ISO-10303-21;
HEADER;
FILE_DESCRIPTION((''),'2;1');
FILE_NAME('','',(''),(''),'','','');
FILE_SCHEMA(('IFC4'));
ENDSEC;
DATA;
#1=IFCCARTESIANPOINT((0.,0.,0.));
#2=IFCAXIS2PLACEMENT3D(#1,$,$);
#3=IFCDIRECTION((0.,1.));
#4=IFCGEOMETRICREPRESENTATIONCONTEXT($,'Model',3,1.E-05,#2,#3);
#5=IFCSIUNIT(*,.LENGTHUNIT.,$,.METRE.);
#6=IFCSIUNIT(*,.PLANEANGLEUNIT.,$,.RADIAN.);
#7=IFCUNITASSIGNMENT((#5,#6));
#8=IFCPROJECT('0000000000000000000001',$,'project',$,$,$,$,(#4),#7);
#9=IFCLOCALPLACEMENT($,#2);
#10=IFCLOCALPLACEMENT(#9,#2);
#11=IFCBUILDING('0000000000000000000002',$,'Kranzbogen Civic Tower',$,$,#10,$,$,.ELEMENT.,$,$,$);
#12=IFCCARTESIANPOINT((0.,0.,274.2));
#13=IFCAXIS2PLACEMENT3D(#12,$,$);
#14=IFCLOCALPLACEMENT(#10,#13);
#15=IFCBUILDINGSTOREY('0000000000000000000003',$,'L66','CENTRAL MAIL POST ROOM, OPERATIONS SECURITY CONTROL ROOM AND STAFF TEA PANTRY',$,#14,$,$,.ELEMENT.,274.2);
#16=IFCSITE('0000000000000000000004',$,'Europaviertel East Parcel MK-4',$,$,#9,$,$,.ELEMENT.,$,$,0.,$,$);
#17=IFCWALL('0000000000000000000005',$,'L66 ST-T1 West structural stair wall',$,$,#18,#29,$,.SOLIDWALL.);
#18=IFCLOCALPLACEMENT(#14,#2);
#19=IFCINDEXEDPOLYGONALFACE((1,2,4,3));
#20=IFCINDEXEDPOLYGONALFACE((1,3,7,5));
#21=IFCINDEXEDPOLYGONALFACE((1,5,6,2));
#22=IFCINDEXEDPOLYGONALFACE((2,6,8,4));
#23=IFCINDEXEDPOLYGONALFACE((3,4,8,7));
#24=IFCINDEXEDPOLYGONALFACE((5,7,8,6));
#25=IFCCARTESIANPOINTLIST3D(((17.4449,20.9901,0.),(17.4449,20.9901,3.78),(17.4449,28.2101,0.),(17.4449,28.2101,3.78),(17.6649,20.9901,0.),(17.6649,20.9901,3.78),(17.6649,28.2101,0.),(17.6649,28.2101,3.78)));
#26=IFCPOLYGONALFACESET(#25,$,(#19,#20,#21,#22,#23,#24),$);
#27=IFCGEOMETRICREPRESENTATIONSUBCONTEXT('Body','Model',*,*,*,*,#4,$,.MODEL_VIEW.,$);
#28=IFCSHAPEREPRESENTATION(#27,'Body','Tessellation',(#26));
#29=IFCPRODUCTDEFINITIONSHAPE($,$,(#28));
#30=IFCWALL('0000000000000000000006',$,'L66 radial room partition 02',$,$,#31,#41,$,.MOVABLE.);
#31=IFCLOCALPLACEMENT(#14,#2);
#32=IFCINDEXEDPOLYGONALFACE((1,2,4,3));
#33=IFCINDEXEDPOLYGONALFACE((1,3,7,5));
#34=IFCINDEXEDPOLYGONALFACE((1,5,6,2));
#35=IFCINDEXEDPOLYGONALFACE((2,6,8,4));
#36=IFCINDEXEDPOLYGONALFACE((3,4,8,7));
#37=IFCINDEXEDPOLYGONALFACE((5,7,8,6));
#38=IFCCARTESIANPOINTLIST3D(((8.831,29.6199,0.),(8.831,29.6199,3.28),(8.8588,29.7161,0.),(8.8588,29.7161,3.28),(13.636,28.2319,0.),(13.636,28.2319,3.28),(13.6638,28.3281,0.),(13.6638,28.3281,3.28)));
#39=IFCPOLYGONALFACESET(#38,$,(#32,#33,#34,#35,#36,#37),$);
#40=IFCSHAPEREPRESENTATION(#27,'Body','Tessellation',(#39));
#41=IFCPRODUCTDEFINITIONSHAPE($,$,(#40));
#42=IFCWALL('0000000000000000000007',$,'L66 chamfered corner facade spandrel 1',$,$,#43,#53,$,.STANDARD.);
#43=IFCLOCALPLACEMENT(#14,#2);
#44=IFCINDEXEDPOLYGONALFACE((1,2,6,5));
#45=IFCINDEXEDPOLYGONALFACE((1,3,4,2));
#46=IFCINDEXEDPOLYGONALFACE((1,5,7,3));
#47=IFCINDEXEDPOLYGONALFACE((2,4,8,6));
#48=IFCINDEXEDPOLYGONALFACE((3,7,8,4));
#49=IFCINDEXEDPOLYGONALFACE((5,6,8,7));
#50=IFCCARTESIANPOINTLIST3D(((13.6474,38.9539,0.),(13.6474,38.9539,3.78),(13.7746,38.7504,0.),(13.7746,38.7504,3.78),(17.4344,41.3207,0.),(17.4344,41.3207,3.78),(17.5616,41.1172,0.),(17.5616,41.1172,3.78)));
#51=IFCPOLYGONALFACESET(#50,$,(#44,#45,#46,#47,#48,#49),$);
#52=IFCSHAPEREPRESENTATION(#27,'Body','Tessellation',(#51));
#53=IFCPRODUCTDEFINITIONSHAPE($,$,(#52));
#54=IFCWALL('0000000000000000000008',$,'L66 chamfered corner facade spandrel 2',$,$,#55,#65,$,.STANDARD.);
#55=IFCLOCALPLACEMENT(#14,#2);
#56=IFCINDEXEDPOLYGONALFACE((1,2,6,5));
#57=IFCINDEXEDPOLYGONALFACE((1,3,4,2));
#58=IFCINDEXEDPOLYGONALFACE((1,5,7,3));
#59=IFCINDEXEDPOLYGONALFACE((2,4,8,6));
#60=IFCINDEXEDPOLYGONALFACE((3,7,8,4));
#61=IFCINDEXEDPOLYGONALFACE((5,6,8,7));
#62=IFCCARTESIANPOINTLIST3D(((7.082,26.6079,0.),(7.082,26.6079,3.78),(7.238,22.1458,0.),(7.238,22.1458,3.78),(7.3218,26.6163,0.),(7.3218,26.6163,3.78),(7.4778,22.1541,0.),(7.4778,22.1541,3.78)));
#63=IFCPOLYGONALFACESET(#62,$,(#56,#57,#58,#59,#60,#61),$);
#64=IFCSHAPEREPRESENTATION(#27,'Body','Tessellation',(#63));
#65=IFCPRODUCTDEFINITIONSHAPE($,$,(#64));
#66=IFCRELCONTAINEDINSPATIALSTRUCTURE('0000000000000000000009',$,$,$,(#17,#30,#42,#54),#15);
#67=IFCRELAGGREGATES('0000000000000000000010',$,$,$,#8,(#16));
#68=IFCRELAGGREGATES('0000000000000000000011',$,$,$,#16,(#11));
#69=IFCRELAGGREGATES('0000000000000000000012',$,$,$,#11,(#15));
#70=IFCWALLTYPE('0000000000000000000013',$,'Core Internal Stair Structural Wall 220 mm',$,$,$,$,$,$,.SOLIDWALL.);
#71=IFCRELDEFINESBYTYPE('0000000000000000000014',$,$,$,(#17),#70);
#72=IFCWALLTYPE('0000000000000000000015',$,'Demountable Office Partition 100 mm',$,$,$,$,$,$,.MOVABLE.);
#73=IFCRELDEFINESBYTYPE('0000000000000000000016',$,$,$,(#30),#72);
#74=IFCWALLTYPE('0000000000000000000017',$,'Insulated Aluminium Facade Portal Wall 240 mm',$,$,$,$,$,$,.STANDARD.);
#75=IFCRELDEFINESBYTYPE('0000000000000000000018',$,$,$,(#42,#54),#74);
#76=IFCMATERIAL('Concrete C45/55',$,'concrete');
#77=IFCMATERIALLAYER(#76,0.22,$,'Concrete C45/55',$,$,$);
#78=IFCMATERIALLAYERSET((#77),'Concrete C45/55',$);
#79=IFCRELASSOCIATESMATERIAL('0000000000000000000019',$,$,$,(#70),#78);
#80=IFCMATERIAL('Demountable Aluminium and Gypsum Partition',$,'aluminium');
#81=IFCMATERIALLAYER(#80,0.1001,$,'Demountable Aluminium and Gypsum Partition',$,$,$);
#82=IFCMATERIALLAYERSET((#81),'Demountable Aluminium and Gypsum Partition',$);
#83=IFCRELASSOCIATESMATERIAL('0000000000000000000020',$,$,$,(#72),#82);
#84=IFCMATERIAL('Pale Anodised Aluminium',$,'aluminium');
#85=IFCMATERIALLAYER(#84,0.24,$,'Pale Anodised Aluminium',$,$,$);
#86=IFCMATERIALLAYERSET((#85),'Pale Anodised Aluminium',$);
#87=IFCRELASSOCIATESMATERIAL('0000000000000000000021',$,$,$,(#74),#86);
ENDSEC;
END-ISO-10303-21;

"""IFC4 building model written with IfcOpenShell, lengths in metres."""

from ifc_helpers import new_model, si_unit, direction, frame, frame_2d, origin, place, context, subcontext, project, spatial, rectangle, extrude, material, layer, layer_set, type_object, element, save


model = new_model("IFC4")

# Units and contexts
model_context = context("Model", 3, precision=1e-05, world=origin(), true_north=direction((0.0, 1.0)))
body_context = subcontext(model_context, "Body", "Model", "MODEL_VIEW")
ifc_project = project(units=[si_unit("LENGTHUNIT", "METRE"), si_unit("PLANEANGLEUNIT", "RADIAN")], contexts=[model_context])

# Site, building, storey
site_placement = place(None, origin())
site = spatial("IfcSite", under=ifc_project, at=site_placement, Name="Europaviertel East Parcel MK-4", CompositionType="ELEMENT", RefElevation=0.0)
building_placement = place(site_placement, origin())
building = spatial("IfcBuilding", under=site, at=building_placement, Name="Kranzbogen Civic Tower", CompositionType="ELEMENT")
storey_placement = place(building_placement, frame((0.0, 0.0, 274.2)))
storey = spatial("IfcBuildingStorey", under=building, at=storey_placement, Name="L66", Description="CENTRAL MAIL POST ROOM, OPERATIONS SECURITY CONTROL ROOM AND STAFF TEA PANTRY", CompositionType="ELEMENT", Elevation=274.2)

# Shared definitions
ifc_material_1 = material(Name="Pale Anodised Aluminium", Category="aluminium")

# Shared definitions
ifc_material_2 = material(Name="Concrete C45/55", Category="concrete")

# Walls
ifc_layer_1 = layer(ifc_material_2, 0.22, Name="Concrete C45/55")
ifc_layer_set_1 = layer_set([ifc_layer_1], Name="Concrete C45/55")
wall_type_1 = type_object("IfcWallType", Name="Core Internal Stair Structural Wall 220 mm", PredefinedType="SOLIDWALL", material=ifc_layer_set_1)
wall_1_placement = place(storey_placement, frame((17.5549, 28.21, 0.0), z_axis=(0.0, 0.0, 1.0), x_axis=(0.0, -1.0, 0.0)))
element("IfcWall", 1, at=wall_1_placement, inside=storey, type_object=wall_type_1, Name="L66 ST-T1 West structural stair wall", PredefinedType="SOLIDWALL", context=body_context, shape_type="SweptSolid", body=[
    extrude(rectangle(XDim=7.22, YDim=0.22, at=frame_2d((3.6099, 0.0))), origin(), (0.0, 0.0, 1.0), 3.78),
])
ifc_material_3 = material(Name="Demountable Aluminium and Gypsum Partition", Category="aluminium")
ifc_layer_2 = layer(ifc_material_3, 0.1001, Name="Demountable Aluminium and Gypsum Partition")
ifc_layer_set_2 = layer_set([ifc_layer_2], Name="Demountable Aluminium and Gypsum Partition")
wall_type_2 = type_object("IfcWallType", Name="Demountable Office Partition 100 mm", PredefinedType="MOVABLE", material=ifc_layer_set_2)
wall_2_placement = place(storey_placement, frame((13.6499, 28.28, 0.0), z_axis=(0.0, 0.0, 1.0), x_axis=(-0.960722, 0.277512, 0.0)))
element("IfcWall", 2, at=wall_2_placement, inside=storey, type_object=wall_type_2, Name="L66 radial room partition 02", PredefinedType="MOVABLE", context=body_context, shape_type="SweptSolid", body=[
    extrude(rectangle(XDim=5.0015, YDim=0.1001, at=frame_2d((2.5007, 0.0))), origin(), (0.0, 0.0, 1.0), 3.28),
])
ifc_layer_3 = layer(ifc_material_1, 0.24, Name="Pale Anodised Aluminium")
ifc_layer_set_3 = layer_set([ifc_layer_3], Name="Pale Anodised Aluminium")
wall_type_3 = type_object("IfcWallType", Name="Insulated Aluminium Facade Portal Wall 240 mm", PredefinedType="STANDARD", material=ifc_layer_set_3)
wall_3_placement = place(storey_placement, frame((17.498, 41.219, 0.0), z_axis=(0.0, 0.0, 1.0), x_axis=(-0.847998, -0.529999, 0.0)))
element("IfcWall", 3, at=wall_3_placement, inside=storey, type_object=wall_type_3, Name="L66 chamfered corner facade spandrel 1", PredefinedType="STANDARD", context=body_context, shape_type="SweptSolid", body=[
    extrude(rectangle(XDim=4.4658, YDim=0.24, at=frame_2d((2.2329, 0.0))), origin(), (0.0, 0.0, 1.0), 3.78),
])
wall_4_placement = place(storey_placement, frame((7.2019, 26.6121, 0.0), z_axis=(0.0, 0.0, 1.0), x_axis=(0.034941, -0.999389, 0.0)))
element("IfcWall", 4, at=wall_4_placement, inside=storey, type_object=wall_type_3, Name="L66 chamfered corner facade spandrel 2", PredefinedType="STANDARD", context=body_context, shape_type="SweptSolid", body=[
    extrude(rectangle(XDim=4.4648, YDim=0.24, at=frame_2d((2.2324, 0.0))), origin(), (0.0, 0.0, 1.0), 3.78),
])

save(model, "model.ifc")
